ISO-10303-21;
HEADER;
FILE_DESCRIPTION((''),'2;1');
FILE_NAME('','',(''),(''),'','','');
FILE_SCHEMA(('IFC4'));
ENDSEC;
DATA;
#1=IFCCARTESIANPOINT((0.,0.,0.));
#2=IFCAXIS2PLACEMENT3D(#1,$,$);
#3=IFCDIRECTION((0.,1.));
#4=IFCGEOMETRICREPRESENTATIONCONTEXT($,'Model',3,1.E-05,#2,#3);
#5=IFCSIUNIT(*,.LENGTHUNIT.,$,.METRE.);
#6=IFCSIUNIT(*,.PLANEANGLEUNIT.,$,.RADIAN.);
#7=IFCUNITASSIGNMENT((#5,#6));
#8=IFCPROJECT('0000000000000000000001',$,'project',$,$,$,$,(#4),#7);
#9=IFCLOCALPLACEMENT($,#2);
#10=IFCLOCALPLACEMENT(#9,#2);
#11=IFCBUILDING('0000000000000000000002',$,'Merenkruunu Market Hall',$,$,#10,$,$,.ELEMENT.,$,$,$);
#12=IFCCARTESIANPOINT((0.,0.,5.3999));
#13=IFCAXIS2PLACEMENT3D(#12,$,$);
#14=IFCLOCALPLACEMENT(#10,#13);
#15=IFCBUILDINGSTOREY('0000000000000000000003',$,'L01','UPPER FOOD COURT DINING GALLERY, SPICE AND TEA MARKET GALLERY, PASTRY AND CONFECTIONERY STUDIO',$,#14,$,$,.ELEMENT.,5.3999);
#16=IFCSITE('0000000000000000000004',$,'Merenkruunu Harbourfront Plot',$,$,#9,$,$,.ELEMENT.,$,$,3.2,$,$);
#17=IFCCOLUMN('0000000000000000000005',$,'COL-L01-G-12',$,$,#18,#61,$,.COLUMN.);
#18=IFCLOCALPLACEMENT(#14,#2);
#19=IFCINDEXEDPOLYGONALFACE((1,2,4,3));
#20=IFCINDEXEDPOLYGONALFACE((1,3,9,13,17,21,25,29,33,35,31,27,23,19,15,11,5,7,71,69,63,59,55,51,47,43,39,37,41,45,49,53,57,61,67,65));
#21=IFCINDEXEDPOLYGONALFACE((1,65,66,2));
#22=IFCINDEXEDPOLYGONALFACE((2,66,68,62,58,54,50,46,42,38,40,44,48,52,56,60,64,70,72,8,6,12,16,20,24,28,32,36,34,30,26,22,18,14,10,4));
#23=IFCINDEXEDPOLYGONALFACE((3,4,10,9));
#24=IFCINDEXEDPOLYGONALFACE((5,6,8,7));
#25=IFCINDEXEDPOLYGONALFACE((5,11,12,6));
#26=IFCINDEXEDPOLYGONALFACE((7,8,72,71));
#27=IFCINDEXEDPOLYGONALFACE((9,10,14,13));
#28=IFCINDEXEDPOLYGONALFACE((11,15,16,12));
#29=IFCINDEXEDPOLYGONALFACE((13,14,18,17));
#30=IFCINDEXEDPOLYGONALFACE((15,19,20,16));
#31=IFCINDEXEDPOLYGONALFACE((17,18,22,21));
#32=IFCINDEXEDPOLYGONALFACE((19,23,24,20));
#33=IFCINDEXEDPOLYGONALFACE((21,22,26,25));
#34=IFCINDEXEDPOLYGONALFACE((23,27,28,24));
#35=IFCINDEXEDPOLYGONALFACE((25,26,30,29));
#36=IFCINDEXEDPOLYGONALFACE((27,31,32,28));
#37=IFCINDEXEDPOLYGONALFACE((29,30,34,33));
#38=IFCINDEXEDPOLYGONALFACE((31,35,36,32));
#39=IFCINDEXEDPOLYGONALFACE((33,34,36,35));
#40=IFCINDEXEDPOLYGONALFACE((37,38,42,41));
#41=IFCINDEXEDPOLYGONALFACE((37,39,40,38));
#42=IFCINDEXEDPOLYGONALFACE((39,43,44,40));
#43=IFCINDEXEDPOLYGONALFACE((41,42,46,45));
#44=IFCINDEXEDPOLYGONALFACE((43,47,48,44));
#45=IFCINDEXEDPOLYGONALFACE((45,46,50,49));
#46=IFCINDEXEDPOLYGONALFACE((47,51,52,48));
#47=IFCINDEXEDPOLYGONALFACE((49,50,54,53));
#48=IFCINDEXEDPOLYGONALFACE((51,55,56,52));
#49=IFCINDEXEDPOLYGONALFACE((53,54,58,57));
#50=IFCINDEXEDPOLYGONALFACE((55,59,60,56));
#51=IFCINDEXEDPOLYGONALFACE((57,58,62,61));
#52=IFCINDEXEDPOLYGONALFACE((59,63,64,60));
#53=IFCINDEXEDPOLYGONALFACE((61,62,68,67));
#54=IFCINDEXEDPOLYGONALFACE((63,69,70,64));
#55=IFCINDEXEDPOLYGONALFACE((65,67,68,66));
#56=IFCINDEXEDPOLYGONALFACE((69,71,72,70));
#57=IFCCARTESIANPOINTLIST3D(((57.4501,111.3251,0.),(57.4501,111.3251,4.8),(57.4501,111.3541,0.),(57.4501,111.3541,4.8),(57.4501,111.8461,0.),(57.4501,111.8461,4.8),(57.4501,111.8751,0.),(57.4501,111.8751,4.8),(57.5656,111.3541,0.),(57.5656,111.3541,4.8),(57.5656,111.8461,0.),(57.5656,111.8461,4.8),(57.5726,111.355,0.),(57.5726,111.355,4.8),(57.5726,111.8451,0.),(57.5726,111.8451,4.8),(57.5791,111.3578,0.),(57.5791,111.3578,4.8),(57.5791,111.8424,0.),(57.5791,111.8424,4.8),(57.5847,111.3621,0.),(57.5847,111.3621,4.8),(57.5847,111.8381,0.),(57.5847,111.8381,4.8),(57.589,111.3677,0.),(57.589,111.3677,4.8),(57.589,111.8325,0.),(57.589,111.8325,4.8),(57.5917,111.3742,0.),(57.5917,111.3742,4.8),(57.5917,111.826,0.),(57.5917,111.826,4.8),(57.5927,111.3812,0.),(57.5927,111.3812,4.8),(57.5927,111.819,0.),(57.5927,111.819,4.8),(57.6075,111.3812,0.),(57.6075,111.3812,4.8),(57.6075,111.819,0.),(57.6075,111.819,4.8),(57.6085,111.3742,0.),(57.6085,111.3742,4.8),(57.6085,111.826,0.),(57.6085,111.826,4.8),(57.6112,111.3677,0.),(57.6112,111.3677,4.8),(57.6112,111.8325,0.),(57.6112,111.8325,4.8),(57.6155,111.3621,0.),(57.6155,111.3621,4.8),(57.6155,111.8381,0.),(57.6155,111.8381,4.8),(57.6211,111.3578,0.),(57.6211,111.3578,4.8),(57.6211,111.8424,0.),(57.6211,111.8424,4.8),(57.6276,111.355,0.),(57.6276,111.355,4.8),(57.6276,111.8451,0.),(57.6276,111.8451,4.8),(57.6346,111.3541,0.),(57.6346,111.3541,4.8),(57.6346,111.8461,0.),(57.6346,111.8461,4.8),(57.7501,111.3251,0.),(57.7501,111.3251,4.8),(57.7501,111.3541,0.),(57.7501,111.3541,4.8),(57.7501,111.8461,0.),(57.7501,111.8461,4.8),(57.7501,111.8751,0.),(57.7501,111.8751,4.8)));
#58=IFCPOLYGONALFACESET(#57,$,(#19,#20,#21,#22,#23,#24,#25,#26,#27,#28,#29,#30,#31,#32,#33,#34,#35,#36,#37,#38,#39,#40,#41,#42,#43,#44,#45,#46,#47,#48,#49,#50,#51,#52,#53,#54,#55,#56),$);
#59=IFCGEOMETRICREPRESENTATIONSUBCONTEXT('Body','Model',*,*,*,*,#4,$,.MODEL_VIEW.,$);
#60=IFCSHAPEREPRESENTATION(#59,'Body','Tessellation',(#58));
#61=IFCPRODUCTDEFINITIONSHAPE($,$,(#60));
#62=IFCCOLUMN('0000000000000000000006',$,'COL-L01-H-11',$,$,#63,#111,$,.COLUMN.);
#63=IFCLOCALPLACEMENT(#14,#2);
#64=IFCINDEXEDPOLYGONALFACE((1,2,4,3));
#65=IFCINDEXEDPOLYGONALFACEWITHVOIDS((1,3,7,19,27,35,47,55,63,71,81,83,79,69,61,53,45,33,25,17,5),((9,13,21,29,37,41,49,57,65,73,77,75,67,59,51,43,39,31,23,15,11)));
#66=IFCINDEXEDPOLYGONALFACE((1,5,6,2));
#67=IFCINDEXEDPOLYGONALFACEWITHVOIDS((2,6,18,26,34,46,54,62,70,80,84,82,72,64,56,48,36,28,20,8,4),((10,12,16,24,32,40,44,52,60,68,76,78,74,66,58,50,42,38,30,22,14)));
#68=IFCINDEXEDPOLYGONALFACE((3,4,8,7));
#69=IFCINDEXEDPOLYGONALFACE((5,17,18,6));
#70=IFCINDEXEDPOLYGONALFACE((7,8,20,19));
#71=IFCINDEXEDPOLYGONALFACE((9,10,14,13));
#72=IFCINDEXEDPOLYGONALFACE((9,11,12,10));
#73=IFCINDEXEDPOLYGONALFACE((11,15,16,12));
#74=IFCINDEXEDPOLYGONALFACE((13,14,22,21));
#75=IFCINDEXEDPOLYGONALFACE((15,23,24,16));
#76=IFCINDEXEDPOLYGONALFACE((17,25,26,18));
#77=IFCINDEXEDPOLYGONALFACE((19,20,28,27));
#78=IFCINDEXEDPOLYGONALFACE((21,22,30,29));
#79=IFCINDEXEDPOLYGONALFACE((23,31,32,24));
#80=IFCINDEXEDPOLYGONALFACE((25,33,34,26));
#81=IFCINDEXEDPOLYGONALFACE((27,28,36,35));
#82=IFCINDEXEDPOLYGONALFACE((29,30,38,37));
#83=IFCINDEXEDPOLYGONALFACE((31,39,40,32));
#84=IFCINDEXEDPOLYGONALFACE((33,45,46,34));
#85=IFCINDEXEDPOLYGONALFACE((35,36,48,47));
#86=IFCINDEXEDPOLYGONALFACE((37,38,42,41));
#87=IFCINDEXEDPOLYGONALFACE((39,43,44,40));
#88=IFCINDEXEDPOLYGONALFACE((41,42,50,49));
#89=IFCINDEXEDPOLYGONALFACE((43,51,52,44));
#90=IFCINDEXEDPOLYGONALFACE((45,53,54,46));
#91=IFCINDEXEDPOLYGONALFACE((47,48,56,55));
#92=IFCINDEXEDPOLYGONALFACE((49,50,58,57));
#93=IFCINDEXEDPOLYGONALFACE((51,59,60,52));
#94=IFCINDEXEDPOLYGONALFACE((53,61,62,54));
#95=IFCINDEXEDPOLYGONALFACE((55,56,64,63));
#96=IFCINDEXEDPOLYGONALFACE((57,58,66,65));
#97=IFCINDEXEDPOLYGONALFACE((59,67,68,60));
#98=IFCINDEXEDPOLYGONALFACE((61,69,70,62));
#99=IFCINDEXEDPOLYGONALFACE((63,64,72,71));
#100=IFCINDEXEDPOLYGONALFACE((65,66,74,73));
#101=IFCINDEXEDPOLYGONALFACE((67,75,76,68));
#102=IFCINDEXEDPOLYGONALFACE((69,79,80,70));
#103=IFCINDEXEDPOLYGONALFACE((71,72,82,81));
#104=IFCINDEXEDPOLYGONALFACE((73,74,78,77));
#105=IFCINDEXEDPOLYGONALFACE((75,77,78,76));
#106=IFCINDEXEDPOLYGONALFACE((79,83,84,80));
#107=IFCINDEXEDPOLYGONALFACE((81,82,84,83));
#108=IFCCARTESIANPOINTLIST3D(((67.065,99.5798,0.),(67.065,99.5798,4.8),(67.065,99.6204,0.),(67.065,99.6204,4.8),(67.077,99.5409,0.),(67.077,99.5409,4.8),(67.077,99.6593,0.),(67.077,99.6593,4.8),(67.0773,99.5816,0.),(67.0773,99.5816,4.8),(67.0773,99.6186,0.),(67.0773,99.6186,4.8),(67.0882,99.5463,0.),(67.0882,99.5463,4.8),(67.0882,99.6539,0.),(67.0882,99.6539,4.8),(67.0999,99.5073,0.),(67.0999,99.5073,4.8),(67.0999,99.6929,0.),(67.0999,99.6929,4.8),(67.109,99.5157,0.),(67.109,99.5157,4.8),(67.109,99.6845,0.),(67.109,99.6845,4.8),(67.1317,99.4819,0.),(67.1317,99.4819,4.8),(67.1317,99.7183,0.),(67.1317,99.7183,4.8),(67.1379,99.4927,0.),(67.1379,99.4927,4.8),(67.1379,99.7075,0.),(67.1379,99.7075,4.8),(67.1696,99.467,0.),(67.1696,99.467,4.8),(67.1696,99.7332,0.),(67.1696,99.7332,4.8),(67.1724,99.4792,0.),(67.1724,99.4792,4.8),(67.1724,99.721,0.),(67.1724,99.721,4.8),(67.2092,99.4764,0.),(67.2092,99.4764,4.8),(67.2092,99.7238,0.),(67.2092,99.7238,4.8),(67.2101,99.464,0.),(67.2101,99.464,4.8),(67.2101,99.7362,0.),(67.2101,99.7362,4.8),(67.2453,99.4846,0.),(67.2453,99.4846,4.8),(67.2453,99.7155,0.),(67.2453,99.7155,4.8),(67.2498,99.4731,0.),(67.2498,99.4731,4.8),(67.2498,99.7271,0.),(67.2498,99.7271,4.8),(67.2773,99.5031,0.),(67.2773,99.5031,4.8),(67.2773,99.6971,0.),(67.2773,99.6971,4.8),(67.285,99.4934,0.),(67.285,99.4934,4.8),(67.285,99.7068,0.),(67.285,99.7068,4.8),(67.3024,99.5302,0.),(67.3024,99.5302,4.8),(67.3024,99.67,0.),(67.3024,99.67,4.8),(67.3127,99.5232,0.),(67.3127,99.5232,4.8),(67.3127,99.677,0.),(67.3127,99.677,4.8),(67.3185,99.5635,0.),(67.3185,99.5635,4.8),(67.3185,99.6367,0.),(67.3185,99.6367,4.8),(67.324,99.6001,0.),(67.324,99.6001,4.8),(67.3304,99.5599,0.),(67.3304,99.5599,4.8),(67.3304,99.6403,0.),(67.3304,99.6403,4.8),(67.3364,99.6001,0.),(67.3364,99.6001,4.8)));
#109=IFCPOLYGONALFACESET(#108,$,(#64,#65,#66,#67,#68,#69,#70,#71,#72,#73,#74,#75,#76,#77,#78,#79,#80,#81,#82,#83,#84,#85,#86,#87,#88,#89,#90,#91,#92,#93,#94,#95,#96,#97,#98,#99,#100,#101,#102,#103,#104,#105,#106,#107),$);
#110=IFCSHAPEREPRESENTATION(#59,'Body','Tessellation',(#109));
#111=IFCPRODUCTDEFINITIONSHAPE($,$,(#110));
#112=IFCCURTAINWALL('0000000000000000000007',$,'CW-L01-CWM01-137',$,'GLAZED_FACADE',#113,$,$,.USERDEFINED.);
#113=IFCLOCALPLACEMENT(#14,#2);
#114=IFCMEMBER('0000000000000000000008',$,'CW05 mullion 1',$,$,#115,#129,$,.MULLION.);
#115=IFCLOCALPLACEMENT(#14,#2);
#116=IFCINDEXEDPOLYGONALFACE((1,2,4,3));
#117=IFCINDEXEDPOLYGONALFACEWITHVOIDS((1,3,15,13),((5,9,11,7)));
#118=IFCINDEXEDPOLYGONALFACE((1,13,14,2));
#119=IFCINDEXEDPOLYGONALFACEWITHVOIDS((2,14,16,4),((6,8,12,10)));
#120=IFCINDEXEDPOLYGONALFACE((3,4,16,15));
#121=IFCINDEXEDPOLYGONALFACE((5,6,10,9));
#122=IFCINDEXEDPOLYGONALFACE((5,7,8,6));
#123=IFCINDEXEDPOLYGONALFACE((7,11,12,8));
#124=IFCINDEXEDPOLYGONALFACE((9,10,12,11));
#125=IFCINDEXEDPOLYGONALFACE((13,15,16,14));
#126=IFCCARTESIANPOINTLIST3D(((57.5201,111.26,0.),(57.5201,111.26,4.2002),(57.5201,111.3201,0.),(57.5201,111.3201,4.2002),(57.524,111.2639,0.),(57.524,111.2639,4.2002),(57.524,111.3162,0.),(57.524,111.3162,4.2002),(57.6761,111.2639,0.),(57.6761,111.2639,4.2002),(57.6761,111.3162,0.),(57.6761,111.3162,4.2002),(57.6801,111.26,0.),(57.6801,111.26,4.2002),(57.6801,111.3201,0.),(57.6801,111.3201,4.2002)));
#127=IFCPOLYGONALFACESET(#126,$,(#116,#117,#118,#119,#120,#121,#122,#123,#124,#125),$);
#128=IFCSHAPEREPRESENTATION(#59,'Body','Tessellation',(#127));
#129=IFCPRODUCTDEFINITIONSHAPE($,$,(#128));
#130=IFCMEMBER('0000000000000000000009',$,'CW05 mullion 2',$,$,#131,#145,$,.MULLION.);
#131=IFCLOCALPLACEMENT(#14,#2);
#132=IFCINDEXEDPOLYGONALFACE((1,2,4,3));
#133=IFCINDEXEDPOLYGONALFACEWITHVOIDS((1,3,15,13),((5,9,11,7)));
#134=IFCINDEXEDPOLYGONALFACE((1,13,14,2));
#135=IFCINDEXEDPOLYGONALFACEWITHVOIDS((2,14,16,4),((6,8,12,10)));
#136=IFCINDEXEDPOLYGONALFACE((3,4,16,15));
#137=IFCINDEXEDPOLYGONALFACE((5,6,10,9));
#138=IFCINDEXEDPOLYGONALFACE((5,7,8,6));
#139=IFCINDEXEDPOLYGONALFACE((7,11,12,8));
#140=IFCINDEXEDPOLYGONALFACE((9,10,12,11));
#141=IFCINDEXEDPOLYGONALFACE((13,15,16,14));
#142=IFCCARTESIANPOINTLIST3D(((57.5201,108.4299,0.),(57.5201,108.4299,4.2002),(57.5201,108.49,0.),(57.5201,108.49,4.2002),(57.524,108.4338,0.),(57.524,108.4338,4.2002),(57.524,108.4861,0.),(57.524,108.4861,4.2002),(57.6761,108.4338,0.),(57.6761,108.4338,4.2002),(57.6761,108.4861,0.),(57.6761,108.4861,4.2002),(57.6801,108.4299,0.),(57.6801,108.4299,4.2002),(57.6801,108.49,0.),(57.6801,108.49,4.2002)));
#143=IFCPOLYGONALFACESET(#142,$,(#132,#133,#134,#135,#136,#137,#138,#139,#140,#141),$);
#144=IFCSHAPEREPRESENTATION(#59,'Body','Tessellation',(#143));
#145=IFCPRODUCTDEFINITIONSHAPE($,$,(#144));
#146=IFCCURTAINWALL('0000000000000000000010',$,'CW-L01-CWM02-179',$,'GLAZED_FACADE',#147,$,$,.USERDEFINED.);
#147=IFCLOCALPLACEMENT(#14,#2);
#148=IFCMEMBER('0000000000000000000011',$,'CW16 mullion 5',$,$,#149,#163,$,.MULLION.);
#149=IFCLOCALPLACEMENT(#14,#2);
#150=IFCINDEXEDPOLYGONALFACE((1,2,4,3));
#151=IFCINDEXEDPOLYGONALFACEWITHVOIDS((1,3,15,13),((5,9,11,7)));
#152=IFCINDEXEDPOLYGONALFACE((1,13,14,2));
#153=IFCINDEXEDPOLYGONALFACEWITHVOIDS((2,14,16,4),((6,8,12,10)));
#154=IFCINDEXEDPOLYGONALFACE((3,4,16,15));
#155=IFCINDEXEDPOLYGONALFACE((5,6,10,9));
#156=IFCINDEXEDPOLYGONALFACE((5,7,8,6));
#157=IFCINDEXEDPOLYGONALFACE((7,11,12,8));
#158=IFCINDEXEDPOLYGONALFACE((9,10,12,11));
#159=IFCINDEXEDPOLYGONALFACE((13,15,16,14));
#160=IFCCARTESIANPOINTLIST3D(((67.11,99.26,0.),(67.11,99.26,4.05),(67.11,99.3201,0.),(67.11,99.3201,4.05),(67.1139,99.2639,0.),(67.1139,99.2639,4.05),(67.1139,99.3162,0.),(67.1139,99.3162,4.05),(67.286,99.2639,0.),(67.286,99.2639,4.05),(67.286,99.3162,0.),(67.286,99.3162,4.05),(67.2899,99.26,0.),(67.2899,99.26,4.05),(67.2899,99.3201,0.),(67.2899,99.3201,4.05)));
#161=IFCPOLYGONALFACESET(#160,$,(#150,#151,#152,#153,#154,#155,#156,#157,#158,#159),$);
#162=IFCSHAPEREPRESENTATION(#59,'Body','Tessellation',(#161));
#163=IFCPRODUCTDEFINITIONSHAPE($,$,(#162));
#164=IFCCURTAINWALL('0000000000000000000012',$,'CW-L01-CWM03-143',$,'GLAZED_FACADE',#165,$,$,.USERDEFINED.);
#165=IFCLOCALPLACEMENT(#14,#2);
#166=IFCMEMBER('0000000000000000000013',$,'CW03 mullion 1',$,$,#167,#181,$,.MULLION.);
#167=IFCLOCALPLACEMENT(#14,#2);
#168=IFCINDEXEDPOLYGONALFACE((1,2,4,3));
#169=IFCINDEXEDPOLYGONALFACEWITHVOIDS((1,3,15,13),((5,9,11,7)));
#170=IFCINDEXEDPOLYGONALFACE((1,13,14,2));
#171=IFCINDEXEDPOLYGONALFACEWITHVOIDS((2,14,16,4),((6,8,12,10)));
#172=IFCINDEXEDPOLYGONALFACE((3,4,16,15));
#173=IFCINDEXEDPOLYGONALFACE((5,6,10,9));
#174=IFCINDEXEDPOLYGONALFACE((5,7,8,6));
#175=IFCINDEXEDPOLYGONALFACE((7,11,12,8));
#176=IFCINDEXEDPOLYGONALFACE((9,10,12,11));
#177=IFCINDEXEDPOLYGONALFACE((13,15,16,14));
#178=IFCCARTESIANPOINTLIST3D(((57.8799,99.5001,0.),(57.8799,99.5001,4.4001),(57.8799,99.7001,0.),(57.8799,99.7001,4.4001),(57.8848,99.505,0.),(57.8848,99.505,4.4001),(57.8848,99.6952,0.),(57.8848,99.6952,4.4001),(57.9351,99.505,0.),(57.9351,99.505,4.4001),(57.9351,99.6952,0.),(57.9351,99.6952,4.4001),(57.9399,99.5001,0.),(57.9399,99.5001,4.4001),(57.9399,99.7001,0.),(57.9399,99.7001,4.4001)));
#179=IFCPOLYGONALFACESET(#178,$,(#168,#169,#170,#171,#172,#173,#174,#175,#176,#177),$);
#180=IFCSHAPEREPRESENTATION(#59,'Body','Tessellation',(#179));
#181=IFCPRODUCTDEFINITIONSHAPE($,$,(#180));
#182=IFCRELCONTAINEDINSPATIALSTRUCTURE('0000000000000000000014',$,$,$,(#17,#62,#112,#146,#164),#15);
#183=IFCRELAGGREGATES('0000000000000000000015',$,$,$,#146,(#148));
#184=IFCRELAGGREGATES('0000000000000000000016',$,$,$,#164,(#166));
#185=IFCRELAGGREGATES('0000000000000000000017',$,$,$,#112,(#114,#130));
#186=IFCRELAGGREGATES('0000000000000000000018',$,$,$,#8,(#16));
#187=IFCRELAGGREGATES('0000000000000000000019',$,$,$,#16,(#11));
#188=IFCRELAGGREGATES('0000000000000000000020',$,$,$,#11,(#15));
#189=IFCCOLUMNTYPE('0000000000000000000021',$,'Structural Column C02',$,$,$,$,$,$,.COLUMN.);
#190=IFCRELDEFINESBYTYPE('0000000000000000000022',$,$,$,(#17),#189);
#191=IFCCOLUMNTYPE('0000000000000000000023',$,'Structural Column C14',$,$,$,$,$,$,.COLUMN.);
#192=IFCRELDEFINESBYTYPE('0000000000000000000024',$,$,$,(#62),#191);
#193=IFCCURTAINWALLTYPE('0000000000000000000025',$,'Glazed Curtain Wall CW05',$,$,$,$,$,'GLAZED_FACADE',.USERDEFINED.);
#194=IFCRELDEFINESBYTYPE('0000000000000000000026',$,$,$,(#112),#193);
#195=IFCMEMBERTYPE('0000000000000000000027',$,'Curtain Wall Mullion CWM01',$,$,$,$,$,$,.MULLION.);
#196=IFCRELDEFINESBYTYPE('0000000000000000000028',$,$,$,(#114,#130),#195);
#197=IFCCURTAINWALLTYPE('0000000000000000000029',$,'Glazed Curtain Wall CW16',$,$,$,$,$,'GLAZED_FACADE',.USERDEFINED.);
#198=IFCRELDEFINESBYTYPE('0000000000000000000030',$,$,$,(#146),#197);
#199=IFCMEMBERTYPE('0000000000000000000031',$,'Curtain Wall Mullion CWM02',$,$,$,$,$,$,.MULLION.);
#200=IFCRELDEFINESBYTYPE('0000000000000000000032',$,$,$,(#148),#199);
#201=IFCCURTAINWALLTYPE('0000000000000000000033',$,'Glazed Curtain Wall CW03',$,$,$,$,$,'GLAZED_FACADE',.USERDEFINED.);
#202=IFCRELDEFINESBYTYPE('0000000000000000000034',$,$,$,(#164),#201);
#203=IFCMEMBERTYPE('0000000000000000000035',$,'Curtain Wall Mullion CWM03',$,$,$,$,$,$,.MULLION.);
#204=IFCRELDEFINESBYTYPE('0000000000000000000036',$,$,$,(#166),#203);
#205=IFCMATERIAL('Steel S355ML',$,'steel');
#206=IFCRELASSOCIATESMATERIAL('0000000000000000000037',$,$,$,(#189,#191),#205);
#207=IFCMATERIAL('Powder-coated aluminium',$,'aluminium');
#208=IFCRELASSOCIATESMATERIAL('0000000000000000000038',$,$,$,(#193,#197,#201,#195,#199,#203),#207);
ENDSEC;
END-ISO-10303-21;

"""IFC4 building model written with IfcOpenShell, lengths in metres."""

from ifc_helpers import new_model, si_unit, direction, frame, origin, origin_2d, place, context, subcontext, project, spatial, hollow_rectangle, hollow_circle, i_section, extrude, material, material_profile, profile_set, type_object, element, aggregate, save


model = new_model("IFC4")

# Units and contexts
model_context = context("Model", 3, precision=1e-05, world=origin(), true_north=direction((0.0, 1.0)))
body_context = subcontext(model_context, "Body", "Model", "MODEL_VIEW")
ifc_project = project(units=[si_unit("LENGTHUNIT", "METRE"), si_unit("PLANEANGLEUNIT", "RADIAN")], contexts=[model_context])

# Site, building, storey
site_placement = place(None, origin())
site = spatial("IfcSite", under=ifc_project, at=site_placement, Name="Merenkruunu Harbourfront Plot", CompositionType="ELEMENT", RefElevation=3.2)
building_placement = place(site_placement, origin())
building = spatial("IfcBuilding", under=site, at=building_placement, Name="Merenkruunu Market Hall", CompositionType="ELEMENT")
storey_placement = place(building_placement, frame((0.0, 0.0, 5.3999)))
storey = spatial("IfcBuildingStorey", under=building, at=storey_placement, Name="L01", Description="UPPER FOOD COURT DINING GALLERY, SPICE AND TEA MARKET GALLERY, PASTRY AND CONFECTIONERY STUDIO", CompositionType="ELEMENT", Elevation=5.3999)

# Columns
ifc_material_1 = material(Name="Steel S355ML", Category="steel")
ifc_material_profile_1 = material_profile(ifc_material_1, i_section(OverallWidth=0.3, OverallDepth=0.55, WebThickness=0.0149, FlangeThickness=0.0291, FilletRadius=0.0271, at=origin_2d()), Name="HEB 550")
ifc_profile_set_1 = profile_set([ifc_material_profile_1], Name="Steel S355ML")
column_type_1 = type_object("IfcColumnType", Name="Structural Column C02", PredefinedType="COLUMN", material=ifc_profile_set_1)
column_1_placement = place(storey_placement, frame((57.6001, 111.6001, 0.0), z_axis=(0.0, 0.0, 1.0), x_axis=(1.0, 0.0, 0.0)))
element("IfcColumn", 1, at=column_1_placement, inside=storey, type_object=column_type_1, Name="COL-L01-G-12", PredefinedType="COLUMN", context=body_context, shape_type="SweptSolid", body=[
    extrude(i_section(OverallWidth=0.3, OverallDepth=0.55, WebThickness=0.0149, FlangeThickness=0.0291, FilletRadius=0.0271, at=origin_2d()), origin(), (0.0, 0.0, 1.0), 4.8),
])
ifc_material_profile_2 = material_profile(ifc_material_1, hollow_circle(Radius=0.1365, WallThickness=0.0125, at=origin_2d()), Name="CHS 273x12.5")
ifc_profile_set_2 = profile_set([ifc_material_profile_2], Name="Steel S355ML")
column_type_2 = type_object("IfcColumnType", Name="Structural Column C14", PredefinedType="COLUMN", material=ifc_profile_set_2)
column_2_placement = place(storey_placement, frame((67.2, 99.6001, 0.0), z_axis=(0.0, 0.0, 1.0), x_axis=(1.0, 0.0, 0.0)))
element("IfcColumn", 2, at=column_2_placement, inside=storey, type_object=column_type_2, Name="COL-L01-H-11", PredefinedType="COLUMN", context=body_context, shape_type="SweptSolid", body=[
    extrude(hollow_circle(Radius=0.1365, WallThickness=0.0125, at=origin_2d()), origin(), (0.0, 0.0, 1.0), 4.8),
])

# Curtain wall, members
ifc_material_2 = material(Name="Powder-coated aluminium", Category="aluminium")
curtain_wall_type_1 = type_object("IfcCurtainWallType", Name="Glazed Curtain Wall CW05", ElementType="GLAZED_FACADE", PredefinedType="USERDEFINED", material=ifc_material_2)
curtain_wall_1_placement = place(storey_placement, origin())
curtain_wall_1 = element("IfcCurtainWall", 3, at=curtain_wall_1_placement, inside=storey, type_object=curtain_wall_type_1, Name="CW-L01-CWM01-137", ObjectType="GLAZED_FACADE", PredefinedType="USERDEFINED")
ifc_material_profile_3 = material_profile(ifc_material_2, hollow_rectangle(XDim=0.0601, YDim=0.1599, WallThickness=0.0039, at=origin_2d()), Name="ALU 60x160x4")
ifc_profile_set_3 = profile_set([ifc_material_profile_3], Name="Powder-coated aluminium")
member_type_1 = type_object("IfcMemberType", Name="Curtain Wall Mullion CWM01", PredefinedType="MULLION", material=ifc_profile_set_3)
member_1_placement = place(storey_placement, frame((57.6001, 111.29, 0.0), z_axis=(0.0, 0.0, 1.0), x_axis=(0.0, -1.0, 0.0)))
member_1 = element("IfcMember", 4, at=member_1_placement, type_object=member_type_1, Name="CW05 mullion 1", PredefinedType="MULLION", context=body_context, shape_type="SweptSolid", body=[
    extrude(hollow_rectangle(XDim=0.0601, YDim=0.1599, WallThickness=0.0039, at=origin_2d()), origin(), (0.0, 0.0, 1.0), 4.2002),
])
member_2_placement = place(storey_placement, frame((57.6001, 108.46, 0.0), z_axis=(0.0, 0.0, 1.0), x_axis=(0.0, -1.0, 0.0)))
member_2 = element("IfcMember", 5, at=member_2_placement, type_object=member_type_1, Name="CW05 mullion 2", PredefinedType="MULLION", context=body_context, shape_type="SweptSolid", body=[
    extrude(hollow_rectangle(XDim=0.0601, YDim=0.1599, WallThickness=0.0039, at=origin_2d()), origin(), (0.0, 0.0, 1.0), 4.2002),
])

# Curtain wall, member
curtain_wall_type_2 = type_object("IfcCurtainWallType", Name="Glazed Curtain Wall CW16", ElementType="GLAZED_FACADE", PredefinedType="USERDEFINED", material=ifc_material_2)
curtain_wall_2_placement = place(storey_placement, origin())
curtain_wall_2 = element("IfcCurtainWall", 6, at=curtain_wall_2_placement, inside=storey, type_object=curtain_wall_type_2, Name="CW-L01-CWM02-179", ObjectType="GLAZED_FACADE", PredefinedType="USERDEFINED")
ifc_material_profile_4 = material_profile(ifc_material_2, hollow_rectangle(XDim=0.0601, YDim=0.1799, WallThickness=0.0039, at=origin_2d()), Name="ALU 60x180x4")
ifc_profile_set_4 = profile_set([ifc_material_profile_4], Name="Powder-coated aluminium")
member_type_2 = type_object("IfcMemberType", Name="Curtain Wall Mullion CWM02", PredefinedType="MULLION", material=ifc_profile_set_4)
member_3_placement = place(storey_placement, frame((67.2, 99.29, 0.0), z_axis=(0.0, 0.0, 1.0), x_axis=(0.0, 1.0, 0.0)))
member_3 = element("IfcMember", 7, at=member_3_placement, type_object=member_type_2, Name="CW16 mullion 5", PredefinedType="MULLION", context=body_context, shape_type="SweptSolid", body=[
    extrude(hollow_rectangle(XDim=0.0601, YDim=0.1799, WallThickness=0.0039, at=origin_2d()), origin(), (0.0, 0.0, 1.0), 4.05),
])
aggregate(curtain_wall_2, [member_3])

# Curtain wall, member
curtain_wall_type_3 = type_object("IfcCurtainWallType", Name="Glazed Curtain Wall CW03", ElementType="GLAZED_FACADE", PredefinedType="USERDEFINED", material=ifc_material_2)
curtain_wall_3_placement = place(storey_placement, origin())
curtain_wall_3 = element("IfcCurtainWall", 8, at=curtain_wall_3_placement, inside=storey, type_object=curtain_wall_type_3, Name="CW-L01-CWM03-143", ObjectType="GLAZED_FACADE", PredefinedType="USERDEFINED")
ifc_material_profile_5 = material_profile(ifc_material_2, hollow_rectangle(XDim=0.0601, YDim=0.2, WallThickness=0.0049, at=origin_2d()), Name="ALU 60x200x5")
ifc_profile_set_5 = profile_set([ifc_material_profile_5], Name="Powder-coated aluminium")
member_type_3 = type_object("IfcMemberType", Name="Curtain Wall Mullion CWM03", PredefinedType="MULLION", material=ifc_profile_set_5)
member_4_placement = place(storey_placement, frame((57.9099, 99.6001, 0.0), z_axis=(0.0, 0.0, 1.0), x_axis=(1.0, 0.0, 0.0)))
member_4 = element("IfcMember", 9, at=member_4_placement, type_object=member_type_3, Name="CW03 mullion 1", PredefinedType="MULLION", context=body_context, shape_type="SweptSolid", body=[
    extrude(hollow_rectangle(XDim=0.0601, YDim=0.2, WallThickness=0.0049, at=origin_2d()), origin(), (0.0, 0.0, 1.0), 4.4001),
])

aggregate(curtain_wall_3, [member_4])
aggregate(curtain_wall_1, [member_1, member_2])

save(model, "model.ifc")
